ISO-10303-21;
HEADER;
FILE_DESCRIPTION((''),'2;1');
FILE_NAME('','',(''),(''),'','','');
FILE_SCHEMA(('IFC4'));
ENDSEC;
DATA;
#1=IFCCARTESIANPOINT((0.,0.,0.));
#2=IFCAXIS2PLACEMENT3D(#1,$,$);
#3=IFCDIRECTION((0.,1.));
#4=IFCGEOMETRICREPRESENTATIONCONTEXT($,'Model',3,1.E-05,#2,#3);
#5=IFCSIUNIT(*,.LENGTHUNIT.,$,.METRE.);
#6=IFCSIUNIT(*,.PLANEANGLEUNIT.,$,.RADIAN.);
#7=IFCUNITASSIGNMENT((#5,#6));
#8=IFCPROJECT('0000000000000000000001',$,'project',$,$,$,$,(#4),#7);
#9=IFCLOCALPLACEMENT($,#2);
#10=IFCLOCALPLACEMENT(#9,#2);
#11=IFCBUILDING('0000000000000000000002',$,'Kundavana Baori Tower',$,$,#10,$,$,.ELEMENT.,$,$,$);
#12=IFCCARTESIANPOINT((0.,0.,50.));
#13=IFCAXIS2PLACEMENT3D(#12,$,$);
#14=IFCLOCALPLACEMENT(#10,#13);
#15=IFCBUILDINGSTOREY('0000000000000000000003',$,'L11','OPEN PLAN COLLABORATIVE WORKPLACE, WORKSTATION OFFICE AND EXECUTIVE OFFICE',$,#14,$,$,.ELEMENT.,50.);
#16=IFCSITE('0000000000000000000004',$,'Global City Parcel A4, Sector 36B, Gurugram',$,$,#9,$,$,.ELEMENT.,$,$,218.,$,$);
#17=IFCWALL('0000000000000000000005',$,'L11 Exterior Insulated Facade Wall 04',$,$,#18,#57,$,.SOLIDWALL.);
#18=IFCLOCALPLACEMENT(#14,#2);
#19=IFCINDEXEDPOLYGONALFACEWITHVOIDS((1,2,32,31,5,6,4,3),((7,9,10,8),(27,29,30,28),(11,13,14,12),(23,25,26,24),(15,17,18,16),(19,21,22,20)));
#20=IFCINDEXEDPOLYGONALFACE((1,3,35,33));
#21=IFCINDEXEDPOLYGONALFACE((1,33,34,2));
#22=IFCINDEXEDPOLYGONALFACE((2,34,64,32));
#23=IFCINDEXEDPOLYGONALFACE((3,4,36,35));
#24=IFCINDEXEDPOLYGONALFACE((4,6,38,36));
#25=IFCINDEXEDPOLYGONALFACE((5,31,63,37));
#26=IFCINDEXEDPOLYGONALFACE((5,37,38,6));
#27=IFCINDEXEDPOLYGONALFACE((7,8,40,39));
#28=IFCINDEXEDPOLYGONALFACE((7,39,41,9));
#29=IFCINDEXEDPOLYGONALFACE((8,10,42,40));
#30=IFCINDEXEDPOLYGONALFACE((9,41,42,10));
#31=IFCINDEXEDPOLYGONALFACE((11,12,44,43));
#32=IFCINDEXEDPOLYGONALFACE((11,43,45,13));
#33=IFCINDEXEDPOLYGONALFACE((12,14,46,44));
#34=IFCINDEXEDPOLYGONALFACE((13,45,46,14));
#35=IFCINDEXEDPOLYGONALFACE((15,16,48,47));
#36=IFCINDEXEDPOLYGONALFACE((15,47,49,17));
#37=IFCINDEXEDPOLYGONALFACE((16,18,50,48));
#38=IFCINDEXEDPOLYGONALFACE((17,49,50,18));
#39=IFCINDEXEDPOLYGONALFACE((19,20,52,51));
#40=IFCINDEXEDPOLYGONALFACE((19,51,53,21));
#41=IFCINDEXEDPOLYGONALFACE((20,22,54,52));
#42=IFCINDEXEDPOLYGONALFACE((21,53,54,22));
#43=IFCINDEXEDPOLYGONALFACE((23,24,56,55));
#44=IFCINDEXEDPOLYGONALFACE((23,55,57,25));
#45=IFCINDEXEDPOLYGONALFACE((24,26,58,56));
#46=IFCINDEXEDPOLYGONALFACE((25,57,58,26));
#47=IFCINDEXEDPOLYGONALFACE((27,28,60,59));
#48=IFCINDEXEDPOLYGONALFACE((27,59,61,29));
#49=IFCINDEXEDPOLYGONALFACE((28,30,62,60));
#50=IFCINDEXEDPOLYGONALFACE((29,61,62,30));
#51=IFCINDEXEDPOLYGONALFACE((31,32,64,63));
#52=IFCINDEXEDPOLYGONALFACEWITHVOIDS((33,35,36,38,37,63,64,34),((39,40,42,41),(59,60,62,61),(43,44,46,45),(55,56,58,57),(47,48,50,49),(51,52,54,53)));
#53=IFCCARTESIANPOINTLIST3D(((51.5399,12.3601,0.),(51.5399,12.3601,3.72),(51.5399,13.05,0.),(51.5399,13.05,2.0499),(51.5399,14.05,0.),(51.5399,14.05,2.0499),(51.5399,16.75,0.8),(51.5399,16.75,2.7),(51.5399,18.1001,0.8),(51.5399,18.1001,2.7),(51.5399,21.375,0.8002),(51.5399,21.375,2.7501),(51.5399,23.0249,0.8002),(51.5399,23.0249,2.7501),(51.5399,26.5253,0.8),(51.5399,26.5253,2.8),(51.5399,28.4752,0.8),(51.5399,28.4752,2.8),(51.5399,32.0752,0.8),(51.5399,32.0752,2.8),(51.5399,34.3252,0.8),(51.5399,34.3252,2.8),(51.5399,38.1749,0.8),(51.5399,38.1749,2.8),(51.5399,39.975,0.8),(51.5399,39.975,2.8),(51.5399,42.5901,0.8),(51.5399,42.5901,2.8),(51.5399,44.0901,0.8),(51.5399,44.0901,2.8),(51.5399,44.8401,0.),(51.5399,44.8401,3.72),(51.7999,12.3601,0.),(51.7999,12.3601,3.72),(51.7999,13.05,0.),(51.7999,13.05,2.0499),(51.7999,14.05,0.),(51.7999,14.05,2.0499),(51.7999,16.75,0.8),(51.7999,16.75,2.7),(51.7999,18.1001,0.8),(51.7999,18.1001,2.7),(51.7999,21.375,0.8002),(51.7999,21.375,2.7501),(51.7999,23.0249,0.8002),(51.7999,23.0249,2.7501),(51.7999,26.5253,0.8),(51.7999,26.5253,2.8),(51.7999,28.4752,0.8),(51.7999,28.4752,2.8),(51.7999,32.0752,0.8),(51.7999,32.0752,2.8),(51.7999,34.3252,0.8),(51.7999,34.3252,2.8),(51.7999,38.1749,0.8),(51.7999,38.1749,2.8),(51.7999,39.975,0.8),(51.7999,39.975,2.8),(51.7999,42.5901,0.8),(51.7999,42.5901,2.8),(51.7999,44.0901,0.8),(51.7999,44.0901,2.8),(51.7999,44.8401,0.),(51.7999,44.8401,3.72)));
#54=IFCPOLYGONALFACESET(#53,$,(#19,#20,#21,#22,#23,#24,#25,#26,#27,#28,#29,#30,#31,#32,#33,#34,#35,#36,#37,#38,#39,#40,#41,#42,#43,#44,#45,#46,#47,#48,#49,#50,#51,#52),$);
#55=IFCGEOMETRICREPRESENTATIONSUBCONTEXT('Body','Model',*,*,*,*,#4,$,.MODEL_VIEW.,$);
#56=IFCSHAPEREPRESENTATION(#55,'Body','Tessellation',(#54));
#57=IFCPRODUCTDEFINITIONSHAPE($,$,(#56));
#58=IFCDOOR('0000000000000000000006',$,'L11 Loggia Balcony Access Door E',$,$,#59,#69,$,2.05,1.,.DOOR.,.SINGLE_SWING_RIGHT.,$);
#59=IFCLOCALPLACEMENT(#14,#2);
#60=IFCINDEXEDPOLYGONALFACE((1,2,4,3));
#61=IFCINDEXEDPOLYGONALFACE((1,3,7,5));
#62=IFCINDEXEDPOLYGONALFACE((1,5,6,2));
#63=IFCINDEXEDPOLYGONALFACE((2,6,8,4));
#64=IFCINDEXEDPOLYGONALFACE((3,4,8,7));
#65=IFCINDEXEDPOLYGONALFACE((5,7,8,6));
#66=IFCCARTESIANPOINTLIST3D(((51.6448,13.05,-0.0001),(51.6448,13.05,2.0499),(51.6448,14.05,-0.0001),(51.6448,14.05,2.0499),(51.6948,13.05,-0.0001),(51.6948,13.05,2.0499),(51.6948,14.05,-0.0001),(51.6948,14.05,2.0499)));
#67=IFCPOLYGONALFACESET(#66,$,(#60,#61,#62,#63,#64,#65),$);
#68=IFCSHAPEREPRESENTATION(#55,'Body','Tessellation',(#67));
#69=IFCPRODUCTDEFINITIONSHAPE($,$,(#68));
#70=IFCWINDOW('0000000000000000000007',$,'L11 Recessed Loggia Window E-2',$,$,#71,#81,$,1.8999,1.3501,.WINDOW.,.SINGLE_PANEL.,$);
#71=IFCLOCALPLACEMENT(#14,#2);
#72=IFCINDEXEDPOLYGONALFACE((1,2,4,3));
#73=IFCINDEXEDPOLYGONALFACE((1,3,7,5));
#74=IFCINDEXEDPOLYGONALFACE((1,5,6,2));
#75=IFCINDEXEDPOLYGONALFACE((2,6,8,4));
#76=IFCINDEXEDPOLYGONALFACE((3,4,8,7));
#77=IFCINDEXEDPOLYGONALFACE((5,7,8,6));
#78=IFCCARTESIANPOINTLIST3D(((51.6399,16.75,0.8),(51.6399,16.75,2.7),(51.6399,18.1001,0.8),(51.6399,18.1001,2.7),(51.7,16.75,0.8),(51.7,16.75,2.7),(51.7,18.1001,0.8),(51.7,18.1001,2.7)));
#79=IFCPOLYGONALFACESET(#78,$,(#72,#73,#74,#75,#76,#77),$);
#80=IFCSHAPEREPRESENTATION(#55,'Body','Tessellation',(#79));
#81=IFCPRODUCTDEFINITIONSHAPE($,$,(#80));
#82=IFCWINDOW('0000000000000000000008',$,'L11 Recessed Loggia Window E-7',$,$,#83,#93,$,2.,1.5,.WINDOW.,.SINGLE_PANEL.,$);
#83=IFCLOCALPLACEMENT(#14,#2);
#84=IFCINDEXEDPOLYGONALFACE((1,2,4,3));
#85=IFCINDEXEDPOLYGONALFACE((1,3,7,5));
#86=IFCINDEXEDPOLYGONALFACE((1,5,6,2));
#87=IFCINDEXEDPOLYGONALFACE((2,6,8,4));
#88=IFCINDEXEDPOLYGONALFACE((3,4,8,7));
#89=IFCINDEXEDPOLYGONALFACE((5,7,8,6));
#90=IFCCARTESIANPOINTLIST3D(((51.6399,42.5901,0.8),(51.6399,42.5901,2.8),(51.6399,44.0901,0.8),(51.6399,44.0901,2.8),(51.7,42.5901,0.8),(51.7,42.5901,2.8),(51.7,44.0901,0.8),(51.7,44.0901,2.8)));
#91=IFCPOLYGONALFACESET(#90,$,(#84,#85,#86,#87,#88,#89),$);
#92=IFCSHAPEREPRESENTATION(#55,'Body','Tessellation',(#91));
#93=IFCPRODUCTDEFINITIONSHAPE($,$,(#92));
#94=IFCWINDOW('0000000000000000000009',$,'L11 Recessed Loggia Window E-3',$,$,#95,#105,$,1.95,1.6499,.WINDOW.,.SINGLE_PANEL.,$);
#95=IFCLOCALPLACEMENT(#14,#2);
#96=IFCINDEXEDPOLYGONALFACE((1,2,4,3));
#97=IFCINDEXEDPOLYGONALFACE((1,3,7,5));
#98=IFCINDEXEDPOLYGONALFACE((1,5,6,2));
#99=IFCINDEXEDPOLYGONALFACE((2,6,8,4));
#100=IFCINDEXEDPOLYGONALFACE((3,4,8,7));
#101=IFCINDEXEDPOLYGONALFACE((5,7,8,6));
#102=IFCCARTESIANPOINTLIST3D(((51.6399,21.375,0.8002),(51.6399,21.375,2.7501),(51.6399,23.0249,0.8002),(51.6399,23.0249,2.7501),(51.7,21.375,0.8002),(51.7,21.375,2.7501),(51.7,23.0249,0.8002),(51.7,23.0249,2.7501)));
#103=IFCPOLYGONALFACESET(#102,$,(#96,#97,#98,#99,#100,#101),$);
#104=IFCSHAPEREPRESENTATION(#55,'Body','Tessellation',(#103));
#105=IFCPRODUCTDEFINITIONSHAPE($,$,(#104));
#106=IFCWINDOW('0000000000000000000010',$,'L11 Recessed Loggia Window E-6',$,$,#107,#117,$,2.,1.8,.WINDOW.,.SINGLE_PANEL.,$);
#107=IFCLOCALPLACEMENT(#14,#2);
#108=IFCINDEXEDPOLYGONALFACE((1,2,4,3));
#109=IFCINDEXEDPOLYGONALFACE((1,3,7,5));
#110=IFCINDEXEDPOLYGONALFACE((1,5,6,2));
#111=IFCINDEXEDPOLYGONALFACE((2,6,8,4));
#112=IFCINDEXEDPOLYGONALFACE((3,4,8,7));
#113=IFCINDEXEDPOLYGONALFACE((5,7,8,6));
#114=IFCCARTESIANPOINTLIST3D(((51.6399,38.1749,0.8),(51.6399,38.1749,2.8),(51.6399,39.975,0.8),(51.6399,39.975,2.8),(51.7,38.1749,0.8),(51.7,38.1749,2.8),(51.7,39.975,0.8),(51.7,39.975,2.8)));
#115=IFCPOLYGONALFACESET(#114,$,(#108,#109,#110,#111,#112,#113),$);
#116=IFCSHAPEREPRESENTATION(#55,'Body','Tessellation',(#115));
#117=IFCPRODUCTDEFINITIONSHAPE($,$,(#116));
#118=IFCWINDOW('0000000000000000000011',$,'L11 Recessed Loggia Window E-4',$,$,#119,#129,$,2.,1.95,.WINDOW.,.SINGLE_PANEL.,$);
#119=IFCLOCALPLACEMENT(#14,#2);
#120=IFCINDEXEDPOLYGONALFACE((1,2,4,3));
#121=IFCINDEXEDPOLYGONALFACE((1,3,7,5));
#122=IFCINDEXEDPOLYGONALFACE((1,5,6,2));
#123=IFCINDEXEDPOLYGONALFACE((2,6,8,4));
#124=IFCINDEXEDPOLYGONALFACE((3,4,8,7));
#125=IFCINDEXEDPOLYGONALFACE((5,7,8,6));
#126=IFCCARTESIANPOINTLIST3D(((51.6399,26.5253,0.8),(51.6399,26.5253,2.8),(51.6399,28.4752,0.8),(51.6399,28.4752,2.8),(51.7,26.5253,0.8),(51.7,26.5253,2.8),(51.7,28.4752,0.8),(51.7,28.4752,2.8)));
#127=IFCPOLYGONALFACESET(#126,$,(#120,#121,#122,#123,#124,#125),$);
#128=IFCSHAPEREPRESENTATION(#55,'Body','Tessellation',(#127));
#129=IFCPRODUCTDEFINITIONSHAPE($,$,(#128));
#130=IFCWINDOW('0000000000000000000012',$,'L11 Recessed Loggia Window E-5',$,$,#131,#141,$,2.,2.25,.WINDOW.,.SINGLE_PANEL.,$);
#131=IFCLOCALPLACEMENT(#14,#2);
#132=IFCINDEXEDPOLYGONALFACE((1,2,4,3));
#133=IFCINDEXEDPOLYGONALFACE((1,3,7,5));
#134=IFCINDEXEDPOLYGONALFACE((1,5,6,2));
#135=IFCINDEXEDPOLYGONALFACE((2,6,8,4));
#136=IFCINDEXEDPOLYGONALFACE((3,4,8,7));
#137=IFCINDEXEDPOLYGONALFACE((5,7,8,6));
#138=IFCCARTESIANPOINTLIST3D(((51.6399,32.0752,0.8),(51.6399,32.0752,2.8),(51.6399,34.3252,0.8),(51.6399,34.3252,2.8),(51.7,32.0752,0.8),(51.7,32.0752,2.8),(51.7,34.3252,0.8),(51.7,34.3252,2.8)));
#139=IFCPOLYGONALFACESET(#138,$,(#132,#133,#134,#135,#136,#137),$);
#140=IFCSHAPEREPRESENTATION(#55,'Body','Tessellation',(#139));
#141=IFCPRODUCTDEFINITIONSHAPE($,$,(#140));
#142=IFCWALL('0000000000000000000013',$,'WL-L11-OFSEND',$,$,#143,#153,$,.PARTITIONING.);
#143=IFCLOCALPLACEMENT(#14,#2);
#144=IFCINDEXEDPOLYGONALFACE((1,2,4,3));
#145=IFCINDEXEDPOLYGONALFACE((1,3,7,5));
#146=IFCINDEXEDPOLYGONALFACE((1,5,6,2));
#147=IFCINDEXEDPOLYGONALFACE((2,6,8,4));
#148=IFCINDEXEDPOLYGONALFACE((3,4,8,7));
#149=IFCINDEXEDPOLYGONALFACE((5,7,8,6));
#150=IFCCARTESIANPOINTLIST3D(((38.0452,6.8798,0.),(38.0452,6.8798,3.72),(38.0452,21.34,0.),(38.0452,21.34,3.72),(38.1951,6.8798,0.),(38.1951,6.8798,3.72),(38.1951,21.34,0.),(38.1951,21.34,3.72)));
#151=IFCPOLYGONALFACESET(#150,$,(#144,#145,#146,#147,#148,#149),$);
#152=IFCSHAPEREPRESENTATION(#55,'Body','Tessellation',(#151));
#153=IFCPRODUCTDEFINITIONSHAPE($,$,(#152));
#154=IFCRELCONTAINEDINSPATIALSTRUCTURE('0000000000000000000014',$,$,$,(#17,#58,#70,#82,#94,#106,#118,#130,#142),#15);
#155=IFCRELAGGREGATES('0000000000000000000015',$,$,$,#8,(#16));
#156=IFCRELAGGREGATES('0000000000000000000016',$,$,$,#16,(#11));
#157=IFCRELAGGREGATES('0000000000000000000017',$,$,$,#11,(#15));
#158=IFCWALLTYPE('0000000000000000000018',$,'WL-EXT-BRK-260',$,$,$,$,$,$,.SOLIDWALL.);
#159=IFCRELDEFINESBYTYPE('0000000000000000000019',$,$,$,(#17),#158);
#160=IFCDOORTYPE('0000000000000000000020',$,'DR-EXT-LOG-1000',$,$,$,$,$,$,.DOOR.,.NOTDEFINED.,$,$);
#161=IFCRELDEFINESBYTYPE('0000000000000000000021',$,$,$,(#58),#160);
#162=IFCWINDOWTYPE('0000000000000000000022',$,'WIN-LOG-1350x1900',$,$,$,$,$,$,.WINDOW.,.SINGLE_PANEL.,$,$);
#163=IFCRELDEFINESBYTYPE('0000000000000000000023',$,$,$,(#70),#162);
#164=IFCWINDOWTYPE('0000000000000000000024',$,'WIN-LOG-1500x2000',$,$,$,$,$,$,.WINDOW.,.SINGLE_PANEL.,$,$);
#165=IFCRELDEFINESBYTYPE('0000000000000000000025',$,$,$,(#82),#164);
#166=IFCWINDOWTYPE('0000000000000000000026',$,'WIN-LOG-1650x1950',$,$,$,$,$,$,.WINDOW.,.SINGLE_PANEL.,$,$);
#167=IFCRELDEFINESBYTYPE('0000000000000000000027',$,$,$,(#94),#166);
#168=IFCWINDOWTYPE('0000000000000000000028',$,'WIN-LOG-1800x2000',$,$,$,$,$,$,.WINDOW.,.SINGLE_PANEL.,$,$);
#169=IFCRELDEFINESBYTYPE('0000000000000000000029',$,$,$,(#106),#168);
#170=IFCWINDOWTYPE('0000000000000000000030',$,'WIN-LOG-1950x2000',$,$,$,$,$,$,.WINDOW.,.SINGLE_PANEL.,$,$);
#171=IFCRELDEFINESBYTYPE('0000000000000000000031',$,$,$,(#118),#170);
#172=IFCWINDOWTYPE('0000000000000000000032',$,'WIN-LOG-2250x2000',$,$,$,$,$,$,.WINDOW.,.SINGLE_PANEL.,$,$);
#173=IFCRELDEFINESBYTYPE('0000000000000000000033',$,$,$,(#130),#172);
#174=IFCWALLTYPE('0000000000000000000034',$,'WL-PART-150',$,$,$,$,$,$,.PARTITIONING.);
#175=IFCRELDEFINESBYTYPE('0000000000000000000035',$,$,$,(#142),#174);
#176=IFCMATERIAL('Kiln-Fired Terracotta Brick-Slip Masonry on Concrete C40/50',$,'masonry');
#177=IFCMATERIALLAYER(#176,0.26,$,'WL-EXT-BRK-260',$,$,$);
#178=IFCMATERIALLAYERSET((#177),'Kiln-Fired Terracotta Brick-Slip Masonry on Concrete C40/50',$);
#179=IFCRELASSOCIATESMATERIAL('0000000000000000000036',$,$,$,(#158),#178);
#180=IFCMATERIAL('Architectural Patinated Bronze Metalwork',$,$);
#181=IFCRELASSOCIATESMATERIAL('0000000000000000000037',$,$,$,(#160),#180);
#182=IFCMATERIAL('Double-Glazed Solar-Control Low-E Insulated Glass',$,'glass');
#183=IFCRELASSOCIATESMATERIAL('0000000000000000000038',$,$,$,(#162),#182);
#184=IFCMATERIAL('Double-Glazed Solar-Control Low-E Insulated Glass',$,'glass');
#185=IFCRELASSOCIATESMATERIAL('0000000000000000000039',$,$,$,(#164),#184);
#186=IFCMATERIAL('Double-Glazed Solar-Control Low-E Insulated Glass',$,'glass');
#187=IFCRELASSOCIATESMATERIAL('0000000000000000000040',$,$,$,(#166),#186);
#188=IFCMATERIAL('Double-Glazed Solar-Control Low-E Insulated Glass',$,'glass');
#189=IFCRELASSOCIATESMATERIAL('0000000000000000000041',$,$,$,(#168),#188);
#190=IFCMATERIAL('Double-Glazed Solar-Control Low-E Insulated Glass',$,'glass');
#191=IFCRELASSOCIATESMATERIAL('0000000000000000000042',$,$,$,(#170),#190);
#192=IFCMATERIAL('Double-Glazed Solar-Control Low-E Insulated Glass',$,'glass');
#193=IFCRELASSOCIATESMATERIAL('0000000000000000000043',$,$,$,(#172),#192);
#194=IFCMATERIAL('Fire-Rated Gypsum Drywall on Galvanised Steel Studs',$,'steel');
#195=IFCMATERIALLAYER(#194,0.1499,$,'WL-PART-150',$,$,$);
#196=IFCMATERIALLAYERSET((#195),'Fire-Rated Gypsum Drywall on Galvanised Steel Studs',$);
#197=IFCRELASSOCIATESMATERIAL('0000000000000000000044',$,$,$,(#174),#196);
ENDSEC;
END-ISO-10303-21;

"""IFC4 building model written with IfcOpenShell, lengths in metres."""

from ifc_helpers import new_model, si_unit, direction, frame, frame_2d, origin, place, context, subcontext, project, spatial, rectangle, extrude, material, layer, layer_set, type_object, element, fill, save


model = new_model("IFC4")

# Units and contexts
model_context = context("Model", 3, precision=1e-05, world=origin(), true_north=direction((0.0, 1.0)))
body_context = subcontext(model_context, "Body", "Model", "MODEL_VIEW")
ifc_project = project(units=[si_unit("LENGTHUNIT", "METRE"), si_unit("PLANEANGLEUNIT", "RADIAN")], contexts=[model_context])

# Site, building, storey
site_placement = place(None, origin())
site = spatial("IfcSite", under=ifc_project, at=site_placement, Name="Global City Parcel A4, Sector 36B, Gurugram", CompositionType="ELEMENT", RefElevation=218.0)
building_placement = place(site_placement, origin())
building = spatial("IfcBuilding", under=site, at=building_placement, Name="Kundavana Baori Tower", CompositionType="ELEMENT")
storey_placement = place(building_placement, frame((0.0, 0.0, 50.0)))
storey = spatial("IfcBuildingStorey", under=building, at=storey_placement, Name="L11", Description="OPEN PLAN COLLABORATIVE WORKPLACE, WORKSTATION OFFICE AND EXECUTIVE OFFICE", CompositionType="ELEMENT", Elevation=50.0)

# Shared definitions
ifc_material_1 = material(Name="Kiln-Fired Terracotta Brick-Slip Masonry on Concrete C40/50", Category="masonry")
ifc_layer_1 = layer(ifc_material_1, 0.26, Name="WL-EXT-BRK-260")
ifc_layer_set_1 = layer_set([ifc_layer_1], Name="Kiln-Fired Terracotta Brick-Slip Masonry on Concrete C40/50")
wall_type_1 = type_object("IfcWallType", Name="WL-EXT-BRK-260", PredefinedType="SOLIDWALL", material=ifc_layer_set_1)

# Wall, openings, door, windows
wall_1_placement = place(storey_placement, frame((51.6699, 12.3601, 0.0), z_axis=(0.0, 0.0, 1.0), x_axis=(0.0, 1.0, 0.0)))
wall_1 = element("IfcWall", 1, at=wall_1_placement, inside=storey, type_object=wall_type_1, Name="L11 Exterior Insulated Facade Wall 04", PredefinedType="SOLIDWALL", context=body_context, shape_type="SweptSolid", body=[
    extrude(rectangle(XDim=32.48, YDim=0.26, at=frame_2d((16.24, 0.0))), origin(), (0.0, 0.0, 1.0), 3.72),
])
opening_1_placement = place(wall_1_placement, frame((0.6899, 0.0, 0.0)))
opening_1 = element("IfcOpeningElement", 2, at=opening_1_placement, cuts=wall_1, PredefinedType="OPENING", context=body_context, shape_type="SweptSolid", body=[
    extrude(rectangle(XDim=1.0, YDim=2.05, at=frame_2d((0.5, 1.0249))), frame((0.0, 0.1401, 0.0), z_axis=(0.0, -1.0, 0.0), x_axis=(1.0, 0.0, 0.0)), (0.0, 0.0, 1.0), 0.28),
])
opening_2_placement = place(wall_1_placement, frame((4.3899, 0.0, 0.8)))
opening_2 = element("IfcOpeningElement", 3, at=opening_2_placement, cuts=wall_1, PredefinedType="OPENING", context=body_context, shape_type="SweptSolid", body=[
    extrude(rectangle(XDim=1.3501, YDim=1.8999, at=frame_2d((0.675, 0.95))), frame((0.0, 0.1401, 0.0), z_axis=(0.0, -1.0, 0.0), x_axis=(1.0, 0.0, 0.0)), (0.0, 0.0, 1.0), 0.28),
])
opening_3_placement = place(wall_1_placement, frame((9.0149, 0.0, 0.8)))
opening_3 = element("IfcOpeningElement", 4, at=opening_3_placement, cuts=wall_1, PredefinedType="OPENING", context=body_context, shape_type="SweptSolid", body=[
    extrude(rectangle(XDim=1.6499, YDim=1.95, at=frame_2d((0.825, 0.9751))), frame((0.0, 0.1401, 0.0), z_axis=(0.0, -1.0, 0.0), x_axis=(1.0, 0.0, 0.0)), (0.0, 0.0, 1.0), 0.28),
])
opening_4_placement = place(wall_1_placement, frame((14.165, 0.0, 0.8)))
opening_4 = element("IfcOpeningElement", 5, at=opening_4_placement, cuts=wall_1, PredefinedType="OPENING", context=body_context, shape_type="SweptSolid", body=[
    extrude(rectangle(XDim=1.95, YDim=2.0, at=frame_2d((0.9751, 1.0))), frame((0.0, 0.1401, 0.0), z_axis=(0.0, -1.0, 0.0), x_axis=(1.0, 0.0, 0.0)), (0.0, 0.0, 1.0), 0.28),
])
opening_5_placement = place(wall_1_placement, frame((19.7151, 0.0, 0.8)))
opening_5 = element("IfcOpeningElement", 6, at=opening_5_placement, cuts=wall_1, PredefinedType="OPENING", context=body_context, shape_type="SweptSolid", body=[
    extrude(rectangle(XDim=2.25, YDim=2.0, at=frame_2d((1.125, 1.0))), frame((0.0, 0.1401, 0.0), z_axis=(0.0, -1.0, 0.0), x_axis=(1.0, 0.0, 0.0)), (0.0, 0.0, 1.0), 0.28),
])
opening_6_placement = place(wall_1_placement, frame((25.8149, 0.0, 0.8)))
opening_6 = element("IfcOpeningElement", 7, at=opening_6_placement, cuts=wall_1, PredefinedType="OPENING", context=body_context, shape_type="SweptSolid", body=[
    extrude(rectangle(XDim=1.8, YDim=2.0, at=frame_2d((0.8999, 1.0))), frame((0.0, 0.1401, 0.0), z_axis=(0.0, -1.0, 0.0), x_axis=(1.0, 0.0, 0.0)), (0.0, 0.0, 1.0), 0.28),
])
opening_7_placement = place(wall_1_placement, frame((30.23, 0.0, 0.8)))
opening_7 = element("IfcOpeningElement", 8, at=opening_7_placement, cuts=wall_1, PredefinedType="OPENING", context=body_context, shape_type="SweptSolid", body=[
    extrude(rectangle(XDim=1.5, YDim=2.0, at=frame_2d((0.75, 1.0))), frame((0.0, 0.1401, 0.0), z_axis=(0.0, -1.0, 0.0), x_axis=(1.0, 0.0, 0.0)), (0.0, 0.0, 1.0), 0.28),
])
ifc_material_2 = material(Name="Architectural Patinated Bronze Metalwork")
door_type_1 = type_object("IfcDoorType", Name="DR-EXT-LOG-1000", OperationType="NOTDEFINED", PredefinedType="DOOR", material=ifc_material_2)
door_1_placement = place(opening_1_placement, frame((1.0, 0.0, 0.0), z_axis=(0.0, 0.0, 1.0), x_axis=(-1.0, 0.0, 0.0)))
door_1 = element("IfcDoor", 9, at=door_1_placement, inside=storey, type_object=door_type_1, Name="L11 Loggia Balcony Access Door E", OperationType="SINGLE_SWING_RIGHT", OverallHeight=2.05, OverallWidth=1.0, PredefinedType="DOOR", context=body_context, shape_type="SweptSolid", body=[
    extrude(rectangle(XDim=1.0, YDim=2.05, at=frame_2d((0.5, 1.0249))), frame((0.0, 0.0249, 0.0), z_axis=(0.0, -1.0, 0.0), x_axis=(1.0, 0.0, 0.0)), (0.0, 0.0, 1.0), 0.05),
])
fill(opening_1, door_1)
ifc_material_3 = material(Name="Double-Glazed Solar-Control Low-E Insulated Glass", Category="glass")
window_type_1 = type_object("IfcWindowType", Name="WIN-LOG-1350x1900", PartitioningType="SINGLE_PANEL", PredefinedType="WINDOW", material=ifc_material_3)
window_1_placement = place(opening_2_placement, origin())
window_1 = element("IfcWindow", 10, at=window_1_placement, inside=storey, type_object=window_type_1, Name="L11 Recessed Loggia Window E-2", OverallHeight=1.8999, OverallWidth=1.3501, PartitioningType="SINGLE_PANEL", PredefinedType="WINDOW", context=body_context, shape_type="SweptSolid", body=[
    extrude(rectangle(XDim=1.3501, YDim=1.8999, at=frame_2d((0.675, 0.95))), frame((0.0, 0.03, 0.0), z_axis=(0.0, -1.0, 0.0), x_axis=(1.0, 0.0, 0.0)), (0.0, 0.0, 1.0), 0.0601),
])
fill(opening_2, window_1)
ifc_material_4 = material(Name="Double-Glazed Solar-Control Low-E Insulated Glass", Category="glass")
window_type_2 = type_object("IfcWindowType", Name="WIN-LOG-1500x2000", PartitioningType="SINGLE_PANEL", PredefinedType="WINDOW", material=ifc_material_4)
window_2_placement = place(opening_7_placement, origin())
window_2 = element("IfcWindow", 11, at=window_2_placement, inside=storey, type_object=window_type_2, Name="L11 Recessed Loggia Window E-7", OverallHeight=2.0, OverallWidth=1.5, PartitioningType="SINGLE_PANEL", PredefinedType="WINDOW", context=body_context, shape_type="SweptSolid", body=[
    extrude(rectangle(XDim=1.5, YDim=2.0, at=frame_2d((0.75, 1.0))), frame((0.0, 0.03, 0.0), z_axis=(0.0, -1.0, 0.0), x_axis=(1.0, 0.0, 0.0)), (0.0, 0.0, 1.0), 0.0601),
])
fill(opening_7, window_2)
ifc_material_5 = material(Name="Double-Glazed Solar-Control Low-E Insulated Glass", Category="glass")
window_type_3 = type_object("IfcWindowType", Name="WIN-LOG-1650x1950", PartitioningType="SINGLE_PANEL", PredefinedType="WINDOW", material=ifc_material_5)
window_3_placement = place(opening_3_placement, origin())
window_3 = element("IfcWindow", 12, at=window_3_placement, inside=storey, type_object=window_type_3, Name="L11 Recessed Loggia Window E-3", OverallHeight=1.95, OverallWidth=1.6499, PartitioningType="SINGLE_PANEL", PredefinedType="WINDOW", context=body_context, shape_type="SweptSolid", body=[
    extrude(rectangle(XDim=1.6499, YDim=1.95, at=frame_2d((0.825, 0.9751))), frame((0.0, 0.03, 0.0), z_axis=(0.0, -1.0, 0.0), x_axis=(1.0, 0.0, 0.0)), (0.0, 0.0, 1.0), 0.0601),
])
fill(opening_3, window_3)
ifc_material_6 = material(Name="Double-Glazed Solar-Control Low-E Insulated Glass", Category="glass")
window_type_4 = type_object("IfcWindowType", Name="WIN-LOG-1800x2000", PartitioningType="SINGLE_PANEL", PredefinedType="WINDOW", material=ifc_material_6)
window_4_placement = place(opening_6_placement, origin())
window_4 = element("IfcWindow", 13, at=window_4_placement, inside=storey, type_object=window_type_4, Name="L11 Recessed Loggia Window E-6", OverallHeight=2.0, OverallWidth=1.8, PartitioningType="SINGLE_PANEL", PredefinedType="WINDOW", context=body_context, shape_type="SweptSolid", body=[
    extrude(rectangle(XDim=1.8, YDim=2.0, at=frame_2d((0.8999, 1.0))), frame((0.0, 0.03, 0.0), z_axis=(0.0, -1.0, 0.0), x_axis=(1.0, 0.0, 0.0)), (0.0, 0.0, 1.0), 0.0601),
])
fill(opening_6, window_4)
ifc_material_7 = material(Name="Double-Glazed Solar-Control Low-E Insulated Glass", Category="glass")
window_type_5 = type_object("IfcWindowType", Name="WIN-LOG-1950x2000", PartitioningType="SINGLE_PANEL", PredefinedType="WINDOW", material=ifc_material_7)
window_5_placement = place(opening_4_placement, origin())
window_5 = element("IfcWindow", 14, at=window_5_placement, inside=storey, type_object=window_type_5, Name="L11 Recessed Loggia Window E-4", OverallHeight=2.0, OverallWidth=1.95, PartitioningType="SINGLE_PANEL", PredefinedType="WINDOW", context=body_context, shape_type="SweptSolid", body=[
    extrude(rectangle(XDim=1.95, YDim=2.0, at=frame_2d((0.9751, 1.0))), frame((0.0, 0.03, 0.0), z_axis=(0.0, -1.0, 0.0), x_axis=(1.0, 0.0, 0.0)), (0.0, 0.0, 1.0), 0.0601),
])
fill(opening_4, window_5)
ifc_material_8 = material(Name="Double-Glazed Solar-Control Low-E Insulated Glass", Category="glass")
window_type_6 = type_object("IfcWindowType", Name="WIN-LOG-2250x2000", PartitioningType="SINGLE_PANEL", PredefinedType="WINDOW", material=ifc_material_8)
window_6_placement = place(opening_5_placement, origin())
window_6 = element("IfcWindow", 15, at=window_6_placement, inside=storey, type_object=window_type_6, Name="L11 Recessed Loggia Window E-5", OverallHeight=2.0, OverallWidth=2.25, PartitioningType="SINGLE_PANEL", PredefinedType="WINDOW", context=body_context, shape_type="SweptSolid", body=[
    extrude(rectangle(XDim=2.25, YDim=2.0, at=frame_2d((1.125, 1.0))), frame((0.0, 0.03, 0.0), z_axis=(0.0, -1.0, 0.0), x_axis=(1.0, 0.0, 0.0)), (0.0, 0.0, 1.0), 0.0601),
])
fill(opening_5, window_6)

# Wall
ifc_material_9 = material(Name="Fire-Rated Gypsum Drywall on Galvanised Steel Studs", Category="steel")
ifc_layer_2 = layer(ifc_material_9, 0.1499, Name="WL-PART-150")
ifc_layer_set_2 = layer_set([ifc_layer_2], Name="Fire-Rated Gypsum Drywall on Galvanised Steel Studs")
wall_type_2 = type_object("IfcWallType", Name="WL-PART-150", PredefinedType="PARTITIONING", material=ifc_layer_set_2)
wall_2_placement = place(storey_placement, frame((38.1201, 6.8799, 0.0), z_axis=(0.0, 0.0, 1.0), x_axis=(0.0, 1.0, 0.0)))
element("IfcWall", 16, at=wall_2_placement, inside=storey, type_object=wall_type_2, Name="WL-L11-OFSEND", PredefinedType="PARTITIONING", context=body_context, shape_type="SweptSolid", body=[
    extrude(rectangle(XDim=14.4602, YDim=0.1499, at=frame_2d((7.23, 0.0))), origin(), (0.0, 0.0, 1.0), 3.72),
])

save(model, "model.ifc")
